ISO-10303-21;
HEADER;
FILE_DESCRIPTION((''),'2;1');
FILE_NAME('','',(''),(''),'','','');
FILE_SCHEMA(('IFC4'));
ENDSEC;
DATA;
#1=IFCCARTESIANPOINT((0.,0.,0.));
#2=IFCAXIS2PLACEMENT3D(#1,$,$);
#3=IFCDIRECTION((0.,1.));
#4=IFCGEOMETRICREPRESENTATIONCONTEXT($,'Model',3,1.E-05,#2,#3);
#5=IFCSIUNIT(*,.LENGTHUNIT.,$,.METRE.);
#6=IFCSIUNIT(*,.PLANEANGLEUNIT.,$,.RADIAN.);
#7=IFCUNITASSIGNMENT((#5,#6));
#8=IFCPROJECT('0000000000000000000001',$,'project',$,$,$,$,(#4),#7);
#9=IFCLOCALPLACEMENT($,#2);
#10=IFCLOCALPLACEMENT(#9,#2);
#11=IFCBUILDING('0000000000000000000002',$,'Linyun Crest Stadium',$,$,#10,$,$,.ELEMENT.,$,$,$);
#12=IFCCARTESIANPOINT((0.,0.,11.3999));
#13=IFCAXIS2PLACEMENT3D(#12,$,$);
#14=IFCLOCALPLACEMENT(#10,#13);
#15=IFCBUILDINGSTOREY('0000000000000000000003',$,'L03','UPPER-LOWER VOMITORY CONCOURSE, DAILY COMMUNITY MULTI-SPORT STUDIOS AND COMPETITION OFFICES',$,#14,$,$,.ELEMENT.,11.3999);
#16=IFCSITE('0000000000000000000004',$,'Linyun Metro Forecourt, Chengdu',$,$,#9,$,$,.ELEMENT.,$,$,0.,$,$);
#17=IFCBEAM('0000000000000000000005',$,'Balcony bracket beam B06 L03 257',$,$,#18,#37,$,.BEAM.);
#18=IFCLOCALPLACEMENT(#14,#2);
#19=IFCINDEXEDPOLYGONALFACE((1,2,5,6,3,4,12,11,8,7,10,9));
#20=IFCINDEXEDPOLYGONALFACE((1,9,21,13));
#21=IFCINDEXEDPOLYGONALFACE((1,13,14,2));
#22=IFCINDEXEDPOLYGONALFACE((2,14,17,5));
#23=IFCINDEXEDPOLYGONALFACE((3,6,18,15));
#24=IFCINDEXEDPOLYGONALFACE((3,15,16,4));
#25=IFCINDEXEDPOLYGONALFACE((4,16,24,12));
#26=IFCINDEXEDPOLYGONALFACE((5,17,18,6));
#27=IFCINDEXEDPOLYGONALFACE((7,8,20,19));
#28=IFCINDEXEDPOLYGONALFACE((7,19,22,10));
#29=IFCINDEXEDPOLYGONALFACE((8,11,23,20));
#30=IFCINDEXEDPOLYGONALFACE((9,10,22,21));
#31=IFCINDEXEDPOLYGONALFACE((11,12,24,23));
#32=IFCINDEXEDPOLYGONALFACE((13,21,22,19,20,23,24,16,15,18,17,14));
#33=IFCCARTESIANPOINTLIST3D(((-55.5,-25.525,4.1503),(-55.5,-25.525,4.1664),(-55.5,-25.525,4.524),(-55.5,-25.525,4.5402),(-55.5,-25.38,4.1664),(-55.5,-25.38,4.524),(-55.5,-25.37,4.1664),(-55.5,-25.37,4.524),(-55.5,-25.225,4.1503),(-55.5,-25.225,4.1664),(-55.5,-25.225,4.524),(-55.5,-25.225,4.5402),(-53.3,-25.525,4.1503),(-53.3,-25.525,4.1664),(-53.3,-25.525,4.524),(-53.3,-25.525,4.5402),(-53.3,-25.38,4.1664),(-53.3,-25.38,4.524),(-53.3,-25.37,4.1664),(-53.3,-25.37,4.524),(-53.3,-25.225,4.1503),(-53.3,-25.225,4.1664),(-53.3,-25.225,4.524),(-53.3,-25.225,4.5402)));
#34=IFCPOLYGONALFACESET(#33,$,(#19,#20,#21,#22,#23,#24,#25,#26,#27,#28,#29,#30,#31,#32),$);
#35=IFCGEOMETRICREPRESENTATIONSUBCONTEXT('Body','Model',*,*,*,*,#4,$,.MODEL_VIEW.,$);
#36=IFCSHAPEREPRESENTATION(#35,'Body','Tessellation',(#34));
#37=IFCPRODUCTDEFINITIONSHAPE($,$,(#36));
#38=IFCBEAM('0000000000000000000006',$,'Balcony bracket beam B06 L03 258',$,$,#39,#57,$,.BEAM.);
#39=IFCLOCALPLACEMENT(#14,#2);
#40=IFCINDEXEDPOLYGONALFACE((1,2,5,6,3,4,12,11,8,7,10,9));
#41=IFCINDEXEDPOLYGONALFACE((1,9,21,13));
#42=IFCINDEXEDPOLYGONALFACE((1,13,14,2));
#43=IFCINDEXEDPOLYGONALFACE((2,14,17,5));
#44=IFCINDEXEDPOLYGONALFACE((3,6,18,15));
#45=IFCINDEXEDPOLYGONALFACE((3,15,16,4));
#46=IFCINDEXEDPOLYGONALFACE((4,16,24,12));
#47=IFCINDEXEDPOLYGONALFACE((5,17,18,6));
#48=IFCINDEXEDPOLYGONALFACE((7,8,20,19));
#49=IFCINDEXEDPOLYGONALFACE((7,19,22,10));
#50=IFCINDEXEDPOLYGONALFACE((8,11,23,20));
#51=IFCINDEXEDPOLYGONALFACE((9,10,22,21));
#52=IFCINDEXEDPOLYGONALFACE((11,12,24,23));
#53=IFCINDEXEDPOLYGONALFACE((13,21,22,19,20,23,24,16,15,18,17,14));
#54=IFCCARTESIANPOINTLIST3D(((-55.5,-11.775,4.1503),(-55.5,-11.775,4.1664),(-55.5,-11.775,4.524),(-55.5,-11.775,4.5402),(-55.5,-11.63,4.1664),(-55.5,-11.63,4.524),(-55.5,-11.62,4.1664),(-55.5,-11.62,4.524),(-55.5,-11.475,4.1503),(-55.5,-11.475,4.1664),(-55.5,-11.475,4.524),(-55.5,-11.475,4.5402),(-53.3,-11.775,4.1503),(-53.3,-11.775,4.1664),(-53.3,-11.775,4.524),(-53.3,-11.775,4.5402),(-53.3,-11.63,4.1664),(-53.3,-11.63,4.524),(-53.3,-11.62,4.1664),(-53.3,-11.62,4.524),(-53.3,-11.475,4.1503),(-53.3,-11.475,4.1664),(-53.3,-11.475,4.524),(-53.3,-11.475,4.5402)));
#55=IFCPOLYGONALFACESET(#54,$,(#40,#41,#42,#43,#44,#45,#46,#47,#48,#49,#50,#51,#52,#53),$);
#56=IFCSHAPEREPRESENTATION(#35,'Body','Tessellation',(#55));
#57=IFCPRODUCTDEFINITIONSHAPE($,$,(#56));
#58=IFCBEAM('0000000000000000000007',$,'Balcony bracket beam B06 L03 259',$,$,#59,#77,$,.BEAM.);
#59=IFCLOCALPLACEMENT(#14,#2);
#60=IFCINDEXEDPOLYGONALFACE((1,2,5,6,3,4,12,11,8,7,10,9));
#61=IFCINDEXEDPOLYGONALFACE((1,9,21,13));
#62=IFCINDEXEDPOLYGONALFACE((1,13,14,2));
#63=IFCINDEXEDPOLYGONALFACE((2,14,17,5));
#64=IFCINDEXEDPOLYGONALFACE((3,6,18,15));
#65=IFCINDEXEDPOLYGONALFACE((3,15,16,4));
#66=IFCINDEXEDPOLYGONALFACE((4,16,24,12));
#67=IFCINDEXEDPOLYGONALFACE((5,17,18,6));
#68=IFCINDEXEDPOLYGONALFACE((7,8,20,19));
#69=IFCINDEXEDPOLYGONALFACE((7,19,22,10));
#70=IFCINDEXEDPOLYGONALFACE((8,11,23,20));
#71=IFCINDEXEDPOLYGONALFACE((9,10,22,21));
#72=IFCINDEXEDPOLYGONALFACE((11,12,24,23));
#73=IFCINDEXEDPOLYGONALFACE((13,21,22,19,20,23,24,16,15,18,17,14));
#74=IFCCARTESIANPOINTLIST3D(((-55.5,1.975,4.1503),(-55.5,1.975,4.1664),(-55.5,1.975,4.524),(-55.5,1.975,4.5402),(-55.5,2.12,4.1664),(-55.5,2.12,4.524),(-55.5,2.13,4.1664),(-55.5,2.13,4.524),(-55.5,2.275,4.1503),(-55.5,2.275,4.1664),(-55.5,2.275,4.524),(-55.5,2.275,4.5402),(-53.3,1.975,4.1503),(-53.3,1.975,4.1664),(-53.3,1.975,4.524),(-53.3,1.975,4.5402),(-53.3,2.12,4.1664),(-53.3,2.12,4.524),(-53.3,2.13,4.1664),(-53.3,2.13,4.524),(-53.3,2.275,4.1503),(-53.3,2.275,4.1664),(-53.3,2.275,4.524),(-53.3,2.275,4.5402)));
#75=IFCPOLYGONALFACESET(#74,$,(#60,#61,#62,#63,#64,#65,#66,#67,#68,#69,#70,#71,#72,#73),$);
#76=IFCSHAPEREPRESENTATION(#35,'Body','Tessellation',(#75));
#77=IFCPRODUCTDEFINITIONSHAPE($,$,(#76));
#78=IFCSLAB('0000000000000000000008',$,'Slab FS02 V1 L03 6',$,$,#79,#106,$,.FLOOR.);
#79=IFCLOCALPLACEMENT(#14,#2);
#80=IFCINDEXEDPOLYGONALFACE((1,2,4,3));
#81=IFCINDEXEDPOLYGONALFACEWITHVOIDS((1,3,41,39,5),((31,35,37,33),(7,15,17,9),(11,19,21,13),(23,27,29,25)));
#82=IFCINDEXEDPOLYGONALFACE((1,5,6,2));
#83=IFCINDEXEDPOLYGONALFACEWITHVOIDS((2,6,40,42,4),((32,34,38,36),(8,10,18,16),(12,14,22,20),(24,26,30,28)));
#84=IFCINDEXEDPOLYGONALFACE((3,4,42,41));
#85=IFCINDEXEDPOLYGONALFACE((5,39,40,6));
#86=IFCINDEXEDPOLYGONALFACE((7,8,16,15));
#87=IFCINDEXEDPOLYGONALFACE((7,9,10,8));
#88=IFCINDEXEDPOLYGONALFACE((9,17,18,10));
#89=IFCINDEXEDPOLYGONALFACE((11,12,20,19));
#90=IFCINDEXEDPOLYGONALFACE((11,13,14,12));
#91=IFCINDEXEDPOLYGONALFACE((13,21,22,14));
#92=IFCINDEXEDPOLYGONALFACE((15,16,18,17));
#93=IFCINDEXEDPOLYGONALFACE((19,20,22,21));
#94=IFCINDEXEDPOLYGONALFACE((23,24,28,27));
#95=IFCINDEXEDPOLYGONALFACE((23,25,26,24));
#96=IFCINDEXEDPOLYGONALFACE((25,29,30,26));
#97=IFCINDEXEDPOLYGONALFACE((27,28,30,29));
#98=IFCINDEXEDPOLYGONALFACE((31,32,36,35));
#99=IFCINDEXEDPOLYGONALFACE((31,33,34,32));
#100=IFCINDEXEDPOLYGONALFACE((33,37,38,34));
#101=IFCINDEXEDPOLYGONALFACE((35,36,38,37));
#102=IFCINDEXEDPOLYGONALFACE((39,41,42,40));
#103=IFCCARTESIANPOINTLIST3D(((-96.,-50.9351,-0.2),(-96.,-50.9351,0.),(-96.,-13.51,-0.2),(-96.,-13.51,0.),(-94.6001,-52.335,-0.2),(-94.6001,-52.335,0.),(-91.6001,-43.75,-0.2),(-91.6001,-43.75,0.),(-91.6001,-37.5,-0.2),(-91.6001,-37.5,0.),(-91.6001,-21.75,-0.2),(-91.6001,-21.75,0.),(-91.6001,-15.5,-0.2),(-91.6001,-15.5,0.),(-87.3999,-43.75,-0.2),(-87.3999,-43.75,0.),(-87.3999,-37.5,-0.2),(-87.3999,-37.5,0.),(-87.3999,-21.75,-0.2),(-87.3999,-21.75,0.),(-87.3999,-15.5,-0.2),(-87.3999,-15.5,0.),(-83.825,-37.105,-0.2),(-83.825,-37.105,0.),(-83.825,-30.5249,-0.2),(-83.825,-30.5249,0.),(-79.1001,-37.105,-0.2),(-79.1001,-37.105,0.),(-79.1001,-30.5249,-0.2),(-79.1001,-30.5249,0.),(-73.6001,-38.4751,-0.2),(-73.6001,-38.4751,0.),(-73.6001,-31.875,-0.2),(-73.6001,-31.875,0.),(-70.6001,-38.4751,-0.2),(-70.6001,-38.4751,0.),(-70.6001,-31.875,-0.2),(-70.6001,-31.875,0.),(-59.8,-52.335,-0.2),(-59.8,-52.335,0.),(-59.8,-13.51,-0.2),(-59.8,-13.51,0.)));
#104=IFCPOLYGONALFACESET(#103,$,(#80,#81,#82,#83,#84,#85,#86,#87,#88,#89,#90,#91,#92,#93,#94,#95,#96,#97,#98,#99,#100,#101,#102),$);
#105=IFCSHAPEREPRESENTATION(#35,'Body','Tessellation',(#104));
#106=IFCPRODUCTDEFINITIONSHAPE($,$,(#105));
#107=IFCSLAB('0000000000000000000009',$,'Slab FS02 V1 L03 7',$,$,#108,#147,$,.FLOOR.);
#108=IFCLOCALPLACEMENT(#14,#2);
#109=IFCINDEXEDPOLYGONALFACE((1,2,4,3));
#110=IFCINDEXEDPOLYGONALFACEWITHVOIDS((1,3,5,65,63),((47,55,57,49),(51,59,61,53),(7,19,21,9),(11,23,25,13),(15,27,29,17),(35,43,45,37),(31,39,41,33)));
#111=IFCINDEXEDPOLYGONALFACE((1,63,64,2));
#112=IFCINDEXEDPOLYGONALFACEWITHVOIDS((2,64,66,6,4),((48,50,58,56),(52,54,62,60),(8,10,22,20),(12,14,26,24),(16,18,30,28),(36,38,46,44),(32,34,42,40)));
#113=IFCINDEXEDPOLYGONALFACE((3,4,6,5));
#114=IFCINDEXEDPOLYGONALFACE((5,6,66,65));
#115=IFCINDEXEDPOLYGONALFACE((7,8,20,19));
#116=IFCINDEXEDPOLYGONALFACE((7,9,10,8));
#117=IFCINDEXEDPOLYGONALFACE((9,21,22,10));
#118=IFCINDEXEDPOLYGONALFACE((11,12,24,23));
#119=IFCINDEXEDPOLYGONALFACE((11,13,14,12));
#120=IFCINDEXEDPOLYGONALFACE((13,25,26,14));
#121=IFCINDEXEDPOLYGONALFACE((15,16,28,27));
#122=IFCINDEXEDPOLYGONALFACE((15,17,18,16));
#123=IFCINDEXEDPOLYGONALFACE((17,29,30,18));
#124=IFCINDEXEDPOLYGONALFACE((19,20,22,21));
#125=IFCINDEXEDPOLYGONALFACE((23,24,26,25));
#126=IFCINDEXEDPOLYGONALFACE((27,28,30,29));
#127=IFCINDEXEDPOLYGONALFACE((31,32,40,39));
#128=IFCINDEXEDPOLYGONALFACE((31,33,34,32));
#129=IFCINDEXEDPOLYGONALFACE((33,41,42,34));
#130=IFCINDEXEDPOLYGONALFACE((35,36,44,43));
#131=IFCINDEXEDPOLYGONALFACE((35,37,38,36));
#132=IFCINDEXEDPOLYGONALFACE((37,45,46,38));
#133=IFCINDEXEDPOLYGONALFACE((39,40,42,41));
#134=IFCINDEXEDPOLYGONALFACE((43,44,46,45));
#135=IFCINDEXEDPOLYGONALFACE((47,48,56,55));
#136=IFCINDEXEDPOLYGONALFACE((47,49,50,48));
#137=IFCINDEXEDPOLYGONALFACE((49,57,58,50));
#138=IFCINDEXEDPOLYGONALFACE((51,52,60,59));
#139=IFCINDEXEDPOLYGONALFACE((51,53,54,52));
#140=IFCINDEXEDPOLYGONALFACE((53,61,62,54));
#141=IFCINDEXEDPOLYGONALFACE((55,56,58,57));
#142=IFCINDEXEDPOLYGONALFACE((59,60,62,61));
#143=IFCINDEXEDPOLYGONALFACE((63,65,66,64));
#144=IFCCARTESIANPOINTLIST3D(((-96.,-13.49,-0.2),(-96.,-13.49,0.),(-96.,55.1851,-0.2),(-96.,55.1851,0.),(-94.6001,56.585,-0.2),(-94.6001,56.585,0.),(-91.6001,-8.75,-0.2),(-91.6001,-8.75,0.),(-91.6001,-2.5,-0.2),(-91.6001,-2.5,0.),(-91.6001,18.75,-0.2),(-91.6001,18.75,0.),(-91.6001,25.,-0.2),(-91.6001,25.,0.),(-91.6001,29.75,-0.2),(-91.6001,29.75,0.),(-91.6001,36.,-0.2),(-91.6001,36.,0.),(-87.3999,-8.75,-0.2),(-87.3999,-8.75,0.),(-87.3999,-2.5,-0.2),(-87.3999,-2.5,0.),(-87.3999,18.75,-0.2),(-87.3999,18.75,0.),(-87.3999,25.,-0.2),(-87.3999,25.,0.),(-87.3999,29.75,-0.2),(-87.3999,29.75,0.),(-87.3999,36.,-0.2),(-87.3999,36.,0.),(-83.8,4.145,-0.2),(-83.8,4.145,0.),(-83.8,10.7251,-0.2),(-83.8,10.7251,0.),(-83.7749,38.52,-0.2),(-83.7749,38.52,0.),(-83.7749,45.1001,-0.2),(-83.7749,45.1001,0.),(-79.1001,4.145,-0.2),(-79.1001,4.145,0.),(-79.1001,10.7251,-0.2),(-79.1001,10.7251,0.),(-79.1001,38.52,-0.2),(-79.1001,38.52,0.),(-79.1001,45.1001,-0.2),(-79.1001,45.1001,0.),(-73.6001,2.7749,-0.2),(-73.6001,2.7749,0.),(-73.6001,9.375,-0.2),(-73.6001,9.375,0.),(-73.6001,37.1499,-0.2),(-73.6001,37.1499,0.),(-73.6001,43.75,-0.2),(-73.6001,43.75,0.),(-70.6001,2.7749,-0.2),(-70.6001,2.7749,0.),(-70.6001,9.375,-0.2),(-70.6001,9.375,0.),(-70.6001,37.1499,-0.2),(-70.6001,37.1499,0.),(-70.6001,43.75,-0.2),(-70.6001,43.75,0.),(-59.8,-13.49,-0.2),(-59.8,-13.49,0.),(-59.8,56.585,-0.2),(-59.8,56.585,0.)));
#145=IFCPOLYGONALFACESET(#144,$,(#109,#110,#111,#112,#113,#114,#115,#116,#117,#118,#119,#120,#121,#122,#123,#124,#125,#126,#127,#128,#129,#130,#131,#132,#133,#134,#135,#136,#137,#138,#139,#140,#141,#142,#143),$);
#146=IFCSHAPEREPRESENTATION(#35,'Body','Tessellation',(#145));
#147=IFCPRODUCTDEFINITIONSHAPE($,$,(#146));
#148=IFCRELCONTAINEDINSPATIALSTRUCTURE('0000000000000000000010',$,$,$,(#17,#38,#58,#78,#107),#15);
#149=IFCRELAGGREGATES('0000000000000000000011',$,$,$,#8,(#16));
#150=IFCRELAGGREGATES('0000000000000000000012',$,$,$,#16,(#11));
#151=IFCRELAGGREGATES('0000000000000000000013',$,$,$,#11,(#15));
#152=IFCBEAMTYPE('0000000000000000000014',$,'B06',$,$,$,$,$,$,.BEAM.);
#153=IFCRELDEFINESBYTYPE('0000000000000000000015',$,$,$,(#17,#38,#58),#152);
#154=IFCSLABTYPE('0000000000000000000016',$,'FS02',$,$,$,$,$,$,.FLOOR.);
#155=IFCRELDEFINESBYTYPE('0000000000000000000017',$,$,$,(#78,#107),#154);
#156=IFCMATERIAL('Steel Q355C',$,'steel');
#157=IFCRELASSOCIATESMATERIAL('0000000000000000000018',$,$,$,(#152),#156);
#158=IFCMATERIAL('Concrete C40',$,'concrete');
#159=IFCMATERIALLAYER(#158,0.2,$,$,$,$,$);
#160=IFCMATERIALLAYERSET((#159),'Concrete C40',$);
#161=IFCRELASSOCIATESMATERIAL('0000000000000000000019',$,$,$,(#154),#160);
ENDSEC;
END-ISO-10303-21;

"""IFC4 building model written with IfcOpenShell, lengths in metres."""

from ifc_helpers import new_model, si_unit, direction, frame, origin, origin_2d, place, context, subcontext, project, spatial, polyline, i_section, outline, extrude, material, layer, layer_set, material_profile, profile_set, type_object, element, save


model = new_model("IFC4")

# Units and contexts
model_context = context("Model", 3, precision=1e-05, world=origin(), true_north=direction((0.0, 1.0)))
body_context = subcontext(model_context, "Body", "Model", "MODEL_VIEW")
ifc_project = project(units=[si_unit("LENGTHUNIT", "METRE"), si_unit("PLANEANGLEUNIT", "RADIAN")], contexts=[model_context])

# Site, building, storey
site_placement = place(None, origin())
site = spatial("IfcSite", under=ifc_project, at=site_placement, Name="Linyun Metro Forecourt, Chengdu", CompositionType="ELEMENT", RefElevation=0.0)
building_placement = place(site_placement, origin())
building = spatial("IfcBuilding", under=site, at=building_placement, Name="Linyun Crest Stadium", CompositionType="ELEMENT")
storey_placement = place(building_placement, frame((0.0, 0.0, 11.3999)))
storey = spatial("IfcBuildingStorey", under=building, at=storey_placement, Name="L03", Description="UPPER-LOWER VOMITORY CONCOURSE, DAILY COMMUNITY MULTI-SPORT STUDIOS AND COMPETITION OFFICES", CompositionType="ELEMENT", Elevation=11.3999)

# Beams
ifc_material_1 = material(Name="Steel Q355C", Category="steel")
ifc_material_profile_1 = material_profile(ifc_material_1, i_section(OverallWidth=0.3, OverallDepth=0.3899, WebThickness=0.01, FlangeThickness=0.0161, at=origin_2d()), Name="HM 390x300")
ifc_profile_set_1 = profile_set([ifc_material_profile_1], Name="Steel Q355C")
beam_type = type_object("IfcBeamType", Name="B06", PredefinedType="BEAM", material=ifc_profile_set_1)
for number, where, z_axis, x_axis, name in (
    (1, (-55.5, -25.375, 4.3452), (1.0, 0.0, 0.0), (0.0, 1.0, 0.0), "Balcony bracket beam B06 L03 257"),
    (2, (-55.5, -11.625, 4.3452), (1.0, 0.0, 0.0), (0.0, 1.0, 0.0), "Balcony bracket beam B06 L03 258"),
    (3, (-55.5, 2.125, 4.3452), (1.0, 0.0, 0.0), (0.0, 1.0, 0.0), "Balcony bracket beam B06 L03 259"),
):
    element("IfcBeam", number, at=place(storey_placement, frame(where, z_axis=z_axis, x_axis=x_axis)), inside=storey, type_object=beam_type, Name=name, PredefinedType="BEAM", context=body_context, shape_type="SweptSolid", body=[
        extrude(i_section(OverallWidth=0.3, OverallDepth=0.3899, WebThickness=0.01, FlangeThickness=0.0161, at=origin_2d()), origin(), (0.0, 0.0, 1.0), 2.2),
    ])

# Slabs
ifc_material_2 = material(Name="Concrete C40", Category="concrete")
ifc_layer_1 = layer(ifc_material_2, 0.2)
ifc_layer_set_1 = layer_set([ifc_layer_1], Name="Concrete C40")
slab_type_1 = type_object("IfcSlabType", Name="FS02", PredefinedType="FLOOR", material=ifc_layer_set_1)
slab_1_placement = place(storey_placement, frame((0.0, 0.0, -0.2)))
element("IfcSlab", 4, at=slab_1_placement, inside=storey, type_object=slab_type_1, Name="Slab FS02 V1 L03 6", PredefinedType="FLOOR", context=body_context, shape_type="SweptSolid", body=[
    extrude(outline(polyline([(-94.6001, -52.335), (-59.8, -52.335), (-59.8, -13.51), (-96.0, -13.51), (-96.0, -50.9351), (-94.6001, -52.335)]), holes=[polyline([(-83.825, -37.105), (-83.825, -30.5249), (-79.1001, -30.5249), (-79.1001, -37.105), (-83.825, -37.105)]), polyline([(-73.6001, -38.4751), (-73.6001, -31.875), (-70.6001, -31.875), (-70.6001, -38.4751), (-73.6001, -38.4751)]), polyline([(-91.6001, -43.75), (-91.6001, -37.5), (-87.3999, -37.5), (-87.3999, -43.75), (-91.6001, -43.75)]), polyline([(-91.6001, -21.75), (-91.6001, -15.5), (-87.3999, -15.5), (-87.3999, -21.75), (-91.6001, -21.75)])]), origin(), (0.0, 0.0, 1.0), 0.2),
])
slab_2_placement = place(storey_placement, frame((0.0, 0.0, -0.2)))
element("IfcSlab", 5, at=slab_2_placement, inside=storey, type_object=slab_type_1, Name="Slab FS02 V1 L03 7", PredefinedType="FLOOR", context=body_context, shape_type="SweptSolid", body=[
    extrude(outline(polyline([(-96.0, -13.49), (-59.8, -13.49), (-59.8, 56.585), (-94.6001, 56.585), (-96.0, 55.1851), (-96.0, -13.49)]), holes=[polyline([(-83.8, 4.145), (-83.8, 10.7251), (-79.1001, 10.7251), (-79.1001, 4.145), (-83.8, 4.145)]), polyline([(-73.6001, 2.7749), (-73.6001, 9.375), (-70.6001, 9.375), (-70.6001, 2.7749), (-73.6001, 2.7749)]), polyline([(-83.7749, 38.52), (-83.7749, 45.1001), (-79.1001, 45.1001), (-79.1001, 38.52), (-83.7749, 38.52)]), polyline([(-73.6001, 37.1499), (-73.6001, 43.75), (-70.6001, 43.75), (-70.6001, 37.1499), (-73.6001, 37.1499)]), polyline([(-91.6001, -8.75), (-91.6001, -2.5), (-87.3999, -2.5), (-87.3999, -8.75), (-91.6001, -8.75)]), polyline([(-91.6001, 18.75), (-91.6001, 25.0), (-87.3999, 25.0), (-87.3999, 18.75), (-91.6001, 18.75)]), polyline([(-91.6001, 29.75), (-91.6001, 36.0), (-87.3999, 36.0), (-87.3999, 29.75), (-91.6001, 29.75)])]), origin(), (0.0, 0.0, 1.0), 0.2),
])

save(model, "model.ifc")
